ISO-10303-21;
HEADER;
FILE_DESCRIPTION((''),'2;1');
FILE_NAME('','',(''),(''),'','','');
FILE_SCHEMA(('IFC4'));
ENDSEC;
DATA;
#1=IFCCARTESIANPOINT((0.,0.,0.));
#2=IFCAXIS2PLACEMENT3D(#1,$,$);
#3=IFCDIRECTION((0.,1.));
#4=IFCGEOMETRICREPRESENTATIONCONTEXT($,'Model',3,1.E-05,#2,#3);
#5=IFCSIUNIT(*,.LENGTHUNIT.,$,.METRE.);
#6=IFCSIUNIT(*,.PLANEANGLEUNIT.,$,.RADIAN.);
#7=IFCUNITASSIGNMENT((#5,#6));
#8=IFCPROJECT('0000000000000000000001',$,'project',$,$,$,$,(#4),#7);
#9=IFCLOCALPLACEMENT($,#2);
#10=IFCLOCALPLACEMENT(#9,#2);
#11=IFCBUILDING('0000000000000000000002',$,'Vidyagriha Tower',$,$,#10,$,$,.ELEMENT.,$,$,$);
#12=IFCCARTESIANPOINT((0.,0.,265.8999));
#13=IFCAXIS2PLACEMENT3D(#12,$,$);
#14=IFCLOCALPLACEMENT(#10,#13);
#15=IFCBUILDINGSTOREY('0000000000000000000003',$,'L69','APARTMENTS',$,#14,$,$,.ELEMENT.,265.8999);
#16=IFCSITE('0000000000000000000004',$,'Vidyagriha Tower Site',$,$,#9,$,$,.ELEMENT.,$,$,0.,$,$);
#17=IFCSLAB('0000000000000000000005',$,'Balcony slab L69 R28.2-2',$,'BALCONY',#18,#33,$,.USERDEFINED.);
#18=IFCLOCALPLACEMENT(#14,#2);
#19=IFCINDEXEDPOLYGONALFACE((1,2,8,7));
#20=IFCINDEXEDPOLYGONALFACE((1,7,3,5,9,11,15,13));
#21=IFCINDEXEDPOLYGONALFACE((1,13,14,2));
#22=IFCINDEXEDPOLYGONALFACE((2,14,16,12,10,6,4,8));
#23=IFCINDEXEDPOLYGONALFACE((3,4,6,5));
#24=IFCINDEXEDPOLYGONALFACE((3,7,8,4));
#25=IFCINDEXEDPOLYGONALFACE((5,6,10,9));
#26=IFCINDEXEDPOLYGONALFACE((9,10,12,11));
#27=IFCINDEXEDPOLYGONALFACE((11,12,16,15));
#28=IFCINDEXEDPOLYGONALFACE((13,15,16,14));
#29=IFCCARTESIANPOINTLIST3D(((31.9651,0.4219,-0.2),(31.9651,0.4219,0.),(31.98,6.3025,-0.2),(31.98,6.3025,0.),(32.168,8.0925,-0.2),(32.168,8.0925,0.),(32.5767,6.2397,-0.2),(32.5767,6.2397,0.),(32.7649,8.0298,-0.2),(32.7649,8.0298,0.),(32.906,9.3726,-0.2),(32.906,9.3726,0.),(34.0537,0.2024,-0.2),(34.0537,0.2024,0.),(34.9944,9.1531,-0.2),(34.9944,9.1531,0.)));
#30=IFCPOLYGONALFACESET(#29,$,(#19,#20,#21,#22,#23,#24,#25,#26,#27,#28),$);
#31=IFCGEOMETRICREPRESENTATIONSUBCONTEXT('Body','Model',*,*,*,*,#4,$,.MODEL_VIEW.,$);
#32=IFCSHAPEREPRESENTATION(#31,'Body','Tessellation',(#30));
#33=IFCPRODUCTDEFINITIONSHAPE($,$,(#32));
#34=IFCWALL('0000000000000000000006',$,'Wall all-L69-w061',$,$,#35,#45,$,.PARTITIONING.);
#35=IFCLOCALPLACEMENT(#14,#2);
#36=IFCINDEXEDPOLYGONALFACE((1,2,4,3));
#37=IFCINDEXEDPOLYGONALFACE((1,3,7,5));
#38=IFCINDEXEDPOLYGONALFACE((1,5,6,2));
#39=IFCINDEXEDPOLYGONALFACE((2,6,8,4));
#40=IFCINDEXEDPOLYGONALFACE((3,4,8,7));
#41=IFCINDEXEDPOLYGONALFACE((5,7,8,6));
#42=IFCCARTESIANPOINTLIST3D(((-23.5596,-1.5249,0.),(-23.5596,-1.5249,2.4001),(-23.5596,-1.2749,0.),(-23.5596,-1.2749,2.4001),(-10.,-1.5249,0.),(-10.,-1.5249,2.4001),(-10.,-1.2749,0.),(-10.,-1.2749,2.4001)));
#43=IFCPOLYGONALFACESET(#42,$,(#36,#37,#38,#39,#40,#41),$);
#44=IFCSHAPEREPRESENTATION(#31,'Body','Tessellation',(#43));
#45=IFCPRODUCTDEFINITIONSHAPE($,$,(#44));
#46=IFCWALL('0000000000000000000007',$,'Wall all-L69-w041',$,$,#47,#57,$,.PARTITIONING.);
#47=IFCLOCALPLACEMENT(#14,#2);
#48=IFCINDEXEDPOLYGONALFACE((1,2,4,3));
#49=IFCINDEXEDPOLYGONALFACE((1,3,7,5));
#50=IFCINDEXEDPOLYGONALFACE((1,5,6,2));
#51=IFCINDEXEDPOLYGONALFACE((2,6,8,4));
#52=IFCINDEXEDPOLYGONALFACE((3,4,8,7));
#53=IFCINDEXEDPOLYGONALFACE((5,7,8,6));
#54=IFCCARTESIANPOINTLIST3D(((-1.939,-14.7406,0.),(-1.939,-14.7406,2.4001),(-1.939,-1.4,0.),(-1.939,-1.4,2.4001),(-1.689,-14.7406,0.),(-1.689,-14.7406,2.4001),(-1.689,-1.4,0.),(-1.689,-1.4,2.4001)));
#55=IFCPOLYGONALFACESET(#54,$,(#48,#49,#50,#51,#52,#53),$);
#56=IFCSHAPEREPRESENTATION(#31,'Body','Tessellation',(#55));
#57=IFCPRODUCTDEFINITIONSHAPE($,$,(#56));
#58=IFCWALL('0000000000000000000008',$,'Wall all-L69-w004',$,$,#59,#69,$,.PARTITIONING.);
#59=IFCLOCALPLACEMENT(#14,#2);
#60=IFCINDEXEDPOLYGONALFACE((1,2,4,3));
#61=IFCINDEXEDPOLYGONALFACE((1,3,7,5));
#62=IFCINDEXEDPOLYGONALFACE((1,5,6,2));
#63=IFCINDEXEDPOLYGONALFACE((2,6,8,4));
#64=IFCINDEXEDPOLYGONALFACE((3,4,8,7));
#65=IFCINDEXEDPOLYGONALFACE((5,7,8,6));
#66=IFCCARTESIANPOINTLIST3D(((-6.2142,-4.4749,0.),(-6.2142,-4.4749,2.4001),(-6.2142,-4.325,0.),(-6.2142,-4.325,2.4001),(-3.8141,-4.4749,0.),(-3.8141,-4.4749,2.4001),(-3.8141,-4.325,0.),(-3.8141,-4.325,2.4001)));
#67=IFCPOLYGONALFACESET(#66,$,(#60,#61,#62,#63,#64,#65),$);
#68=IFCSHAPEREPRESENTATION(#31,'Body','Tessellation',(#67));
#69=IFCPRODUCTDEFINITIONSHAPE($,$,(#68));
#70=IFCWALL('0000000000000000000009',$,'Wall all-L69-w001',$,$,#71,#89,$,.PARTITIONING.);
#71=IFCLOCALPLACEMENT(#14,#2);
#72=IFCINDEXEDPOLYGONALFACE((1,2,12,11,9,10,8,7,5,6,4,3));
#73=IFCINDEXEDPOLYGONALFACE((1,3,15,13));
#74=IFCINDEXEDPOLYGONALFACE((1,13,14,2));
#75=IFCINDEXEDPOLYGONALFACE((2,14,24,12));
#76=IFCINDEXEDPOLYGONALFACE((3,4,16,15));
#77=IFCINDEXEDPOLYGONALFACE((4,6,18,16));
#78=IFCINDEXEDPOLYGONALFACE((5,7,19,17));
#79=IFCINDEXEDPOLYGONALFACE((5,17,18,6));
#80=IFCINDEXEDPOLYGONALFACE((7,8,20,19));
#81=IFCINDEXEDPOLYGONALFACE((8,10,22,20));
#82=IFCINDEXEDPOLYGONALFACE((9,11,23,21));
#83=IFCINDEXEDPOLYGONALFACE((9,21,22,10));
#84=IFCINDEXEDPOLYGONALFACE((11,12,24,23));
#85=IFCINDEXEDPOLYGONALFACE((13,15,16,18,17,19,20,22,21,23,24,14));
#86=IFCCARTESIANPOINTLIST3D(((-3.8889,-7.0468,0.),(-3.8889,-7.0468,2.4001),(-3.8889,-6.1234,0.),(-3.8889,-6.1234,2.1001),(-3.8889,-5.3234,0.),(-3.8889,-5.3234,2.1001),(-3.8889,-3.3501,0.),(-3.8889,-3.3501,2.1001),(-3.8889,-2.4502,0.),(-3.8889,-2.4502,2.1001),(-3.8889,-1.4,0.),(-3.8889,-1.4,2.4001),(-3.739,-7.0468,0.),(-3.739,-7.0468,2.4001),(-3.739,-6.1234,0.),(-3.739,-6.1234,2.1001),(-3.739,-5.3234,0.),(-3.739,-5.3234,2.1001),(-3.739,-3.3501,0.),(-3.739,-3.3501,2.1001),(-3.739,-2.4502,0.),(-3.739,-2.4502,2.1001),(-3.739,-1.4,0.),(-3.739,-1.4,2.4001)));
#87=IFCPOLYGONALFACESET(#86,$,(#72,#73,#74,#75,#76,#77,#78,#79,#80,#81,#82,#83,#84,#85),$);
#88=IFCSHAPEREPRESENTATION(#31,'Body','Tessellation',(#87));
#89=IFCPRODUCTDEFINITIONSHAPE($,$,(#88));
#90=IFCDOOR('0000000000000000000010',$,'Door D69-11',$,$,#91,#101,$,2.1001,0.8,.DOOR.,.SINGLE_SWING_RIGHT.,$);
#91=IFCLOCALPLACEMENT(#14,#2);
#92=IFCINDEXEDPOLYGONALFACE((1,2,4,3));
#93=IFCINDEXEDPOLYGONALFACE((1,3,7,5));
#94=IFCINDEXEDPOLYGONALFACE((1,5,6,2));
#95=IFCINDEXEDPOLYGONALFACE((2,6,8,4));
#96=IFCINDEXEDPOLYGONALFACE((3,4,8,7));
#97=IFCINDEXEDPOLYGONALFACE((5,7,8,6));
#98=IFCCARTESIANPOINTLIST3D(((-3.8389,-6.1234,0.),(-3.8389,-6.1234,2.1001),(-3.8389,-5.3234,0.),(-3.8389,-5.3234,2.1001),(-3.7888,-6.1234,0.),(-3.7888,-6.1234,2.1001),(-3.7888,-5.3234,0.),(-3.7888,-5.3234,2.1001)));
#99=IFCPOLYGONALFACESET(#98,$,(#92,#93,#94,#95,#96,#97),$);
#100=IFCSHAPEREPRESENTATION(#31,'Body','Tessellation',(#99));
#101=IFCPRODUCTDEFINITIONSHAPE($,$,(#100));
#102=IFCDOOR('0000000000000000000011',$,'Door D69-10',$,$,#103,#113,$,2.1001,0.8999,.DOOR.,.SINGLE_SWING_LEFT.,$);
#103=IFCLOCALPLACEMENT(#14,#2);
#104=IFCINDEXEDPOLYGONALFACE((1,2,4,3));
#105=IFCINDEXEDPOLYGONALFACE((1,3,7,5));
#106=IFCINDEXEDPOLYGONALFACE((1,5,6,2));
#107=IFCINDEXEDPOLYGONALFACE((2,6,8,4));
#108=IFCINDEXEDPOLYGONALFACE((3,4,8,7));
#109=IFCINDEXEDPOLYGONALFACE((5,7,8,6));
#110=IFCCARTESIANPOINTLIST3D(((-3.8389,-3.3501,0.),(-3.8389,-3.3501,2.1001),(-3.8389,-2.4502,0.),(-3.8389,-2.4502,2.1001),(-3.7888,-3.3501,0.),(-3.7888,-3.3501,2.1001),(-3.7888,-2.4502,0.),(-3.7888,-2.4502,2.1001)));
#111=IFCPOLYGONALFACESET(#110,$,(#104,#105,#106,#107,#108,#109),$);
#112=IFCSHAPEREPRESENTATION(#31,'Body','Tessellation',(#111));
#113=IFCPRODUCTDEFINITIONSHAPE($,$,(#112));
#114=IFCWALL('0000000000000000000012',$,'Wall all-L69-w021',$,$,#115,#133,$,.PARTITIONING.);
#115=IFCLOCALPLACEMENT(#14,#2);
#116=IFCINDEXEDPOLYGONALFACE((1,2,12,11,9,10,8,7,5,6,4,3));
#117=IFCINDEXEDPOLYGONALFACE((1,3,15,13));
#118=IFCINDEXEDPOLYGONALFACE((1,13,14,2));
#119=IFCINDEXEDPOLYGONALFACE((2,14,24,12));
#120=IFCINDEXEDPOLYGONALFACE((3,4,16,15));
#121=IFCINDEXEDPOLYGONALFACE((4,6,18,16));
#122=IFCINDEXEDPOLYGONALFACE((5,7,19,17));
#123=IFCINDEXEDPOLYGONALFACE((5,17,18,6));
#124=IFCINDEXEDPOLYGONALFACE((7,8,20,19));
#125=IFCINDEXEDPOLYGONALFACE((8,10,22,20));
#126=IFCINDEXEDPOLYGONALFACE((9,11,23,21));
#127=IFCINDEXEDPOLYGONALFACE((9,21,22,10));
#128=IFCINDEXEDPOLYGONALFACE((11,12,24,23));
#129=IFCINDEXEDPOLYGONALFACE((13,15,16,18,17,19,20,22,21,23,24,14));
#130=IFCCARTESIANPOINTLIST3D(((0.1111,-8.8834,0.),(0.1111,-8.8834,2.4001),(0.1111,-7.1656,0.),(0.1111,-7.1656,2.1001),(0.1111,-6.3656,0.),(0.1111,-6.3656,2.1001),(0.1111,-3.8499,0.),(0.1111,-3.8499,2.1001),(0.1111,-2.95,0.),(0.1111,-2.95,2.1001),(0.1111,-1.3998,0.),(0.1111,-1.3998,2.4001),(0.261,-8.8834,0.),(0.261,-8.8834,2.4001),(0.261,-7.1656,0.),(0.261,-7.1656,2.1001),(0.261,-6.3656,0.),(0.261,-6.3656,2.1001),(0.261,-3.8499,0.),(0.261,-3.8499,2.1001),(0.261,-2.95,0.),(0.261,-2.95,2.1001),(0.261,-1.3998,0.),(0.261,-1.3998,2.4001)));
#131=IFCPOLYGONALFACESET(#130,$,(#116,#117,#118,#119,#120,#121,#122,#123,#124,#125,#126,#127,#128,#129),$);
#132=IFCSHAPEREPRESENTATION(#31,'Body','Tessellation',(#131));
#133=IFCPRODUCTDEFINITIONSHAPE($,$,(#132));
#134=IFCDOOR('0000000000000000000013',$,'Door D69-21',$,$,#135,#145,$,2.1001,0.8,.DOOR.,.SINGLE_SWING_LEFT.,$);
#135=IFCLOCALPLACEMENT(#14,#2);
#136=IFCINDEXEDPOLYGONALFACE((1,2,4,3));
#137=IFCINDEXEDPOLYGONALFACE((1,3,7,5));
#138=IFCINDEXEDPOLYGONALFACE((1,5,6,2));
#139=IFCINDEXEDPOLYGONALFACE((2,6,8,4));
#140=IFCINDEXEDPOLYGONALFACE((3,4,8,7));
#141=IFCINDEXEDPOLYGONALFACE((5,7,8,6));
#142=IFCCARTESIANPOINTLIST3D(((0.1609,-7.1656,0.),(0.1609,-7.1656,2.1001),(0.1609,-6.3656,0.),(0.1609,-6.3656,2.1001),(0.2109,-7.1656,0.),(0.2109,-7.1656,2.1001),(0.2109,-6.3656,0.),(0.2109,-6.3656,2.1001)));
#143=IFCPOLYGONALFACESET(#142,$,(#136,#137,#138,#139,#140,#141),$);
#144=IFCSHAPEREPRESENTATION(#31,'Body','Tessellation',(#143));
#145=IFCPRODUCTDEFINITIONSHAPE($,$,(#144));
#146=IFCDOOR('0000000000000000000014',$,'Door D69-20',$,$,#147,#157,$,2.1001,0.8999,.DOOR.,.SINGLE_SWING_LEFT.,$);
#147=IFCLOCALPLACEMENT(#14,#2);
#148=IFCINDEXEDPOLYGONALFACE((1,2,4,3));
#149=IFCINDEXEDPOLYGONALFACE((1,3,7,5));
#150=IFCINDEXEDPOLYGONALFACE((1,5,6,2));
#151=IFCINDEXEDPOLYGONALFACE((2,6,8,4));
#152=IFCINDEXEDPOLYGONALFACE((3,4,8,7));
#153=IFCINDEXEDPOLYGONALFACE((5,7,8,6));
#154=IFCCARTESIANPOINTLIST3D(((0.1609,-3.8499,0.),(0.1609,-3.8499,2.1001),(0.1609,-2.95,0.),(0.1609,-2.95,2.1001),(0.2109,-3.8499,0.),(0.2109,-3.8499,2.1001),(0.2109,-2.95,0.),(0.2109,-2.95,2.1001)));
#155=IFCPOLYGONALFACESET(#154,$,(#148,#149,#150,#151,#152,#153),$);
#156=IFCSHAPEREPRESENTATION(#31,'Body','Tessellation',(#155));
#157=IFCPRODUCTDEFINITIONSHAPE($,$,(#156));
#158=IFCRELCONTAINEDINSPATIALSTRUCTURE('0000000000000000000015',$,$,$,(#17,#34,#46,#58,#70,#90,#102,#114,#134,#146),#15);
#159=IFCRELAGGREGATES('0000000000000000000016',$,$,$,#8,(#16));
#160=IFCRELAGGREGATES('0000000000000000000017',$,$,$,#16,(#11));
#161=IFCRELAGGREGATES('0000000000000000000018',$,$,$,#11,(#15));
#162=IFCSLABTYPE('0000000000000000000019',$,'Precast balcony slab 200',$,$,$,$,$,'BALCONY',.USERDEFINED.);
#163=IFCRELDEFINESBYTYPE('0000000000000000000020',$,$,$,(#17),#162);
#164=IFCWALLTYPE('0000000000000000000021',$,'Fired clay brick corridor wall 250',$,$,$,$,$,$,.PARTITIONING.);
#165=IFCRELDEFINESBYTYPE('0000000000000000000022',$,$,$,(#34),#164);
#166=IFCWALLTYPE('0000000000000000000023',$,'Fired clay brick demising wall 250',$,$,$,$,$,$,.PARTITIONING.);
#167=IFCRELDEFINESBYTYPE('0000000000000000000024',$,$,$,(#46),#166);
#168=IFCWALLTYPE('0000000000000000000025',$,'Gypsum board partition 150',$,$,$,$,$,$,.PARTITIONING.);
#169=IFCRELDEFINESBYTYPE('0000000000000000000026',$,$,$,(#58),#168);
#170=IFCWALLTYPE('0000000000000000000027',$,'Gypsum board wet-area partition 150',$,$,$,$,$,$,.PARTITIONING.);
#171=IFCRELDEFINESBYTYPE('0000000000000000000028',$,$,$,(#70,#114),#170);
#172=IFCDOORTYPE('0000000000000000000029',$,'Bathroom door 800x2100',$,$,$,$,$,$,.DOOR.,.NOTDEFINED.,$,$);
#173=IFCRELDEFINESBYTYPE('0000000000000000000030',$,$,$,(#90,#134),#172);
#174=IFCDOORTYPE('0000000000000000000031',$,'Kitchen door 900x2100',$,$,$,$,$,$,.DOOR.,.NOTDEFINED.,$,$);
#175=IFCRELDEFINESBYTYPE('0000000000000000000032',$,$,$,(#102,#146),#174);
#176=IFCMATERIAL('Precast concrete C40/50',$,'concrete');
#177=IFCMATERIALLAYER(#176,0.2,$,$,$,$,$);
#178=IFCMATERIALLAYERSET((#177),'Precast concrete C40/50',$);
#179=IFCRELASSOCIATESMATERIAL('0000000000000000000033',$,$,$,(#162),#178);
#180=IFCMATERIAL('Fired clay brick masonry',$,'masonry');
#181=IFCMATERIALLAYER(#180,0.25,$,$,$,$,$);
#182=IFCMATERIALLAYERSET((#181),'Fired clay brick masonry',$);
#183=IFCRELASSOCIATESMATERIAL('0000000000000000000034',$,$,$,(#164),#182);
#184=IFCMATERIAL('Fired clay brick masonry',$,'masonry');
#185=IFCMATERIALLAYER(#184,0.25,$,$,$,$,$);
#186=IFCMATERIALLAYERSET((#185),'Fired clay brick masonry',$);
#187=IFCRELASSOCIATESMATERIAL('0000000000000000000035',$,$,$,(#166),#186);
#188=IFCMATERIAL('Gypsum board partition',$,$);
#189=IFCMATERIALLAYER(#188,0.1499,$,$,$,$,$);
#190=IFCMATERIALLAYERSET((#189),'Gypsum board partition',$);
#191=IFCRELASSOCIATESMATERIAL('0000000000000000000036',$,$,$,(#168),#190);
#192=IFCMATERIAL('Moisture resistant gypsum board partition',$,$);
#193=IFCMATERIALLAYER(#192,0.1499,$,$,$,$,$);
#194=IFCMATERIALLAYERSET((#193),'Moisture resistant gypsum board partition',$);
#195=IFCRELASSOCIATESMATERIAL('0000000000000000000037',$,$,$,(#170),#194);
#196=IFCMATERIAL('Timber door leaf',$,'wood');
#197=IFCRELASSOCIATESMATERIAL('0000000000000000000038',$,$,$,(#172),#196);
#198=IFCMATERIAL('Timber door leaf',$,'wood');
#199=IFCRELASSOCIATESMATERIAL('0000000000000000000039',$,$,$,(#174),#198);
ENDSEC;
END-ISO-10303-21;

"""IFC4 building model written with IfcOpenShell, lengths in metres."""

from ifc_helpers import new_model, si_unit, direction, frame, frame_2d, origin, place, context, subcontext, project, spatial, polyline, rectangle, outline, extrude, material, layer, layer_set, type_object, element, fill, save


model = new_model("IFC4")

# Units and contexts
model_context = context("Model", 3, precision=1e-05, world=origin(), true_north=direction((0.0, 1.0)))
body_context = subcontext(model_context, "Body", "Model", "MODEL_VIEW")
ifc_project = project(units=[si_unit("LENGTHUNIT", "METRE"), si_unit("PLANEANGLEUNIT", "RADIAN")], contexts=[model_context])

# Site, building, storey
site_placement = place(None, origin())
site = spatial("IfcSite", under=ifc_project, at=site_placement, Name="Vidyagriha Tower Site", CompositionType="ELEMENT", RefElevation=0.0)
building_placement = place(site_placement, origin())
building = spatial("IfcBuilding", under=site, at=building_placement, Name="Vidyagriha Tower", CompositionType="ELEMENT")
storey_placement = place(building_placement, frame((0.0, 0.0, 265.8999)))
storey = spatial("IfcBuildingStorey", under=building, at=storey_placement, Name="L69", Description="APARTMENTS", CompositionType="ELEMENT", Elevation=265.8999)

# Slab
ifc_material_1 = material(Name="Precast concrete C40/50", Category="concrete")
ifc_layer_1 = layer(ifc_material_1, 0.2)
ifc_layer_set_1 = layer_set([ifc_layer_1], Name="Precast concrete C40/50")
slab_type_1 = type_object("IfcSlabType", Name="Precast balcony slab 200", ElementType="BALCONY", PredefinedType="USERDEFINED", material=ifc_layer_set_1)
slab_1_placement = place(storey_placement, frame((0.0, 0.0, -0.2)))
element("IfcSlab", 1, at=slab_1_placement, inside=storey, type_object=slab_type_1, Name="Balcony slab L69 R28.2-2", ObjectType="BALCONY", PredefinedType="USERDEFINED", context=body_context, shape_type="SweptSolid", body=[
    extrude(outline(polyline([(32.5767, 6.2397), (31.9651, 0.4219), (34.0537, 0.2024), (34.9944, 9.1531), (32.906, 9.3726), (32.7649, 8.0298), (32.168, 8.0925), (31.98, 6.3025), (32.5767, 6.2397)])), origin(), (0.0, 0.0, 1.0), 0.2),
])

# Walls
ifc_material_2 = material(Name="Fired clay brick masonry", Category="masonry")
ifc_layer_2 = layer(ifc_material_2, 0.25)
ifc_layer_set_2 = layer_set([ifc_layer_2], Name="Fired clay brick masonry")
wall_type_1 = type_object("IfcWallType", Name="Fired clay brick corridor wall 250", PredefinedType="PARTITIONING", material=ifc_layer_set_2)
wall_1_placement = place(storey_placement, frame((-10.0, -1.3999, 0.0), z_axis=(0.0, 0.0, 1.0), x_axis=(-1.0, 0.0, 0.0)))
element("IfcWall", 2, at=wall_1_placement, inside=storey, type_object=wall_type_1, Name="Wall all-L69-w061", PredefinedType="PARTITIONING", context=body_context, shape_type="SweptSolid", body=[
    extrude(rectangle(XDim=13.5596, YDim=0.25, at=frame_2d((6.7798, 0.0))), origin(), (0.0, 0.0, 1.0), 2.4001),
])
ifc_material_3 = material(Name="Fired clay brick masonry", Category="masonry")
ifc_layer_3 = layer(ifc_material_3, 0.25)
ifc_layer_set_3 = layer_set([ifc_layer_3], Name="Fired clay brick masonry")
wall_type_2 = type_object("IfcWallType", Name="Fired clay brick demising wall 250", PredefinedType="PARTITIONING", material=ifc_layer_set_3)
wall_2_placement = place(storey_placement, frame((-1.814, -1.3999, 0.0), z_axis=(0.0, 0.0, 1.0), x_axis=(0.0, -1.0, 0.0)))
element("IfcWall", 3, at=wall_2_placement, inside=storey, type_object=wall_type_2, Name="Wall all-L69-w041", PredefinedType="PARTITIONING", context=body_context, shape_type="SweptSolid", body=[
    extrude(rectangle(XDim=13.3406, YDim=0.25, at=frame_2d((6.6704, 0.0))), origin(), (0.0, 0.0, 1.0), 2.4001),
])
ifc_material_4 = material(Name="Gypsum board partition")
ifc_layer_4 = layer(ifc_material_4, 0.1499)
ifc_layer_set_4 = layer_set([ifc_layer_4], Name="Gypsum board partition")
wall_type_3 = type_object("IfcWallType", Name="Gypsum board partition 150", PredefinedType="PARTITIONING", material=ifc_layer_set_4)
wall_3_placement = place(storey_placement, frame((-3.814, -4.3999, 0.0), z_axis=(0.0, 0.0, 1.0), x_axis=(-1.0, 0.0, 0.0)))
element("IfcWall", 4, at=wall_3_placement, inside=storey, type_object=wall_type_3, Name="Wall all-L69-w004", PredefinedType="PARTITIONING", context=body_context, shape_type="SweptSolid", body=[
    extrude(rectangle(XDim=2.4001, YDim=0.1499, at=frame_2d((1.2002, 0.0))), origin(), (0.0, 0.0, 1.0), 2.4001),
])

# Walls, openings, doors
ifc_material_5 = material(Name="Moisture resistant gypsum board partition")
ifc_layer_5 = layer(ifc_material_5, 0.1499)
ifc_layer_set_5 = layer_set([ifc_layer_5], Name="Moisture resistant gypsum board partition")
wall_type_4 = type_object("IfcWallType", Name="Gypsum board wet-area partition 150", PredefinedType="PARTITIONING", material=ifc_layer_set_5)
wall_4_placement = place(storey_placement, frame((-3.814, -7.0466, 0.0), z_axis=(0.0, 0.0, 1.0), x_axis=(0.0, 1.0, 0.0)))
wall_4 = element("IfcWall", 5, at=wall_4_placement, inside=storey, type_object=wall_type_4, Name="Wall all-L69-w001", PredefinedType="PARTITIONING", context=body_context, shape_type="SweptSolid", body=[
    extrude(rectangle(XDim=5.6467, YDim=0.1499, at=frame_2d((2.8232, 0.0))), origin(), (0.0, 0.0, 1.0), 2.4001),
])
opening_1_placement = place(wall_4_placement, frame((3.6965, 0.0, 0.0)))
opening_1 = element("IfcOpeningElement", 6, at=opening_1_placement, cuts=wall_4, PredefinedType="OPENING", context=body_context, shape_type="SweptSolid", body=[
    extrude(rectangle(XDim=0.8999, YDim=2.1001, at=frame_2d((0.45, 1.05))), frame((0.0, 0.085, 0.0), z_axis=(0.0, -1.0, 0.0), x_axis=(1.0, 0.0, 0.0)), (0.0, 0.0, 1.0), 0.1699),
])
opening_2_placement = place(wall_4_placement, frame((0.9233, 0.0, 0.0)))
opening_2 = element("IfcOpeningElement", 7, at=opening_2_placement, cuts=wall_4, PredefinedType="OPENING", context=body_context, shape_type="SweptSolid", body=[
    extrude(rectangle(XDim=0.8, YDim=2.1001, at=frame_2d((0.3999, 1.05))), frame((0.0, 0.085, 0.0), z_axis=(0.0, -1.0, 0.0), x_axis=(1.0, 0.0, 0.0)), (0.0, 0.0, 1.0), 0.1699),
])
ifc_material_6 = material(Name="Timber door leaf", Category="wood")
door_type_1 = type_object("IfcDoorType", Name="Bathroom door 800x2100", OperationType="NOTDEFINED", PredefinedType="DOOR", material=ifc_material_6)
door_1_placement = place(opening_2_placement, origin())
door_1 = element("IfcDoor", 8, at=door_1_placement, inside=storey, type_object=door_type_1, Name="Door D69-11", OperationType="SINGLE_SWING_RIGHT", OverallHeight=2.1001, OverallWidth=0.8, PredefinedType="DOOR", context=body_context, shape_type="SweptSolid", body=[
    extrude(rectangle(XDim=0.8, YDim=2.1001, at=frame_2d((0.3999, 1.05))), frame((0.0, 0.0249, 0.0), z_axis=(0.0, -1.0, 0.0), x_axis=(1.0, 0.0, 0.0)), (0.0, 0.0, 1.0), 0.05),
])
fill(opening_2, door_1)
ifc_material_7 = material(Name="Timber door leaf", Category="wood")
door_type_2 = type_object("IfcDoorType", Name="Kitchen door 900x2100", OperationType="NOTDEFINED", PredefinedType="DOOR", material=ifc_material_7)
door_2_placement = place(opening_1_placement, origin())
door_2 = element("IfcDoor", 9, at=door_2_placement, inside=storey, type_object=door_type_2, Name="Door D69-10", OperationType="SINGLE_SWING_LEFT", OverallHeight=2.1001, OverallWidth=0.8999, PredefinedType="DOOR", context=body_context, shape_type="SweptSolid", body=[
    extrude(rectangle(XDim=0.8999, YDim=2.1001, at=frame_2d((0.45, 1.05))), frame((0.0, 0.0249, 0.0), z_axis=(0.0, -1.0, 0.0), x_axis=(1.0, 0.0, 0.0)), (0.0, 0.0, 1.0), 0.05),
])
fill(opening_1, door_2)
wall_5_placement = place(storey_placement, frame((0.186, -1.3999, 0.0), z_axis=(0.0, 0.0, 1.0), x_axis=(0.0, -1.0, 0.0)))
wall_5 = element("IfcWall", 10, at=wall_5_placement, inside=storey, type_object=wall_type_4, Name="Wall all-L69-w021", PredefinedType="PARTITIONING", context=body_context, shape_type="SweptSolid", body=[
    extrude(rectangle(XDim=7.4836, YDim=0.1499, at=frame_2d((3.7417, 0.0))), origin(), (0.0, 0.0, 1.0), 2.4001),
])
opening_3_placement = place(wall_5_placement, frame((1.55, 0.0, 0.0)))
opening_3 = element("IfcOpeningElement", 11, at=opening_3_placement, cuts=wall_5, PredefinedType="OPENING", context=body_context, shape_type="SweptSolid", body=[
    extrude(rectangle(XDim=0.8999, YDim=2.1001, at=frame_2d((0.45, 1.05))), frame((0.0, 0.085, 0.0), z_axis=(0.0, -1.0, 0.0), x_axis=(1.0, 0.0, 0.0)), (0.0, 0.0, 1.0), 0.1699),
])
opening_4_placement = place(wall_5_placement, frame((4.9658, 0.0, 0.0)))
opening_4 = element("IfcOpeningElement", 12, at=opening_4_placement, cuts=wall_5, PredefinedType="OPENING", context=body_context, shape_type="SweptSolid", body=[
    extrude(rectangle(XDim=0.8, YDim=2.1001, at=frame_2d((0.3999, 1.05))), frame((0.0, 0.085, 0.0), z_axis=(0.0, -1.0, 0.0), x_axis=(1.0, 0.0, 0.0)), (0.0, 0.0, 1.0), 0.1699),
])
door_3_placement = place(opening_4_placement, origin())
door_3 = element("IfcDoor", 13, at=door_3_placement, inside=storey, type_object=door_type_1, Name="Door D69-21", OperationType="SINGLE_SWING_LEFT", OverallHeight=2.1001, OverallWidth=0.8, PredefinedType="DOOR", context=body_context, shape_type="SweptSolid", body=[
    extrude(rectangle(XDim=0.8, YDim=2.1001, at=frame_2d((0.3999, 1.05))), frame((0.0, 0.0249, 0.0), z_axis=(0.0, -1.0, 0.0), x_axis=(1.0, 0.0, 0.0)), (0.0, 0.0, 1.0), 0.05),
])
fill(opening_4, door_3)
door_4_placement = place(opening_3_placement, origin())
door_4 = element("IfcDoor", 14, at=door_4_placement, inside=storey, type_object=door_type_2, Name="Door D69-20", OperationType="SINGLE_SWING_LEFT", OverallHeight=2.1001, OverallWidth=0.8999, PredefinedType="DOOR", context=body_context, shape_type="SweptSolid", body=[
    extrude(rectangle(XDim=0.8999, YDim=2.1001, at=frame_2d((0.45, 1.05))), frame((0.0, 0.0249, 0.0), z_axis=(0.0, -1.0, 0.0), x_axis=(1.0, 0.0, 0.0)), (0.0, 0.0, 1.0), 0.05),
])
fill(opening_3, door_4)

save(model, "model.ifc")
